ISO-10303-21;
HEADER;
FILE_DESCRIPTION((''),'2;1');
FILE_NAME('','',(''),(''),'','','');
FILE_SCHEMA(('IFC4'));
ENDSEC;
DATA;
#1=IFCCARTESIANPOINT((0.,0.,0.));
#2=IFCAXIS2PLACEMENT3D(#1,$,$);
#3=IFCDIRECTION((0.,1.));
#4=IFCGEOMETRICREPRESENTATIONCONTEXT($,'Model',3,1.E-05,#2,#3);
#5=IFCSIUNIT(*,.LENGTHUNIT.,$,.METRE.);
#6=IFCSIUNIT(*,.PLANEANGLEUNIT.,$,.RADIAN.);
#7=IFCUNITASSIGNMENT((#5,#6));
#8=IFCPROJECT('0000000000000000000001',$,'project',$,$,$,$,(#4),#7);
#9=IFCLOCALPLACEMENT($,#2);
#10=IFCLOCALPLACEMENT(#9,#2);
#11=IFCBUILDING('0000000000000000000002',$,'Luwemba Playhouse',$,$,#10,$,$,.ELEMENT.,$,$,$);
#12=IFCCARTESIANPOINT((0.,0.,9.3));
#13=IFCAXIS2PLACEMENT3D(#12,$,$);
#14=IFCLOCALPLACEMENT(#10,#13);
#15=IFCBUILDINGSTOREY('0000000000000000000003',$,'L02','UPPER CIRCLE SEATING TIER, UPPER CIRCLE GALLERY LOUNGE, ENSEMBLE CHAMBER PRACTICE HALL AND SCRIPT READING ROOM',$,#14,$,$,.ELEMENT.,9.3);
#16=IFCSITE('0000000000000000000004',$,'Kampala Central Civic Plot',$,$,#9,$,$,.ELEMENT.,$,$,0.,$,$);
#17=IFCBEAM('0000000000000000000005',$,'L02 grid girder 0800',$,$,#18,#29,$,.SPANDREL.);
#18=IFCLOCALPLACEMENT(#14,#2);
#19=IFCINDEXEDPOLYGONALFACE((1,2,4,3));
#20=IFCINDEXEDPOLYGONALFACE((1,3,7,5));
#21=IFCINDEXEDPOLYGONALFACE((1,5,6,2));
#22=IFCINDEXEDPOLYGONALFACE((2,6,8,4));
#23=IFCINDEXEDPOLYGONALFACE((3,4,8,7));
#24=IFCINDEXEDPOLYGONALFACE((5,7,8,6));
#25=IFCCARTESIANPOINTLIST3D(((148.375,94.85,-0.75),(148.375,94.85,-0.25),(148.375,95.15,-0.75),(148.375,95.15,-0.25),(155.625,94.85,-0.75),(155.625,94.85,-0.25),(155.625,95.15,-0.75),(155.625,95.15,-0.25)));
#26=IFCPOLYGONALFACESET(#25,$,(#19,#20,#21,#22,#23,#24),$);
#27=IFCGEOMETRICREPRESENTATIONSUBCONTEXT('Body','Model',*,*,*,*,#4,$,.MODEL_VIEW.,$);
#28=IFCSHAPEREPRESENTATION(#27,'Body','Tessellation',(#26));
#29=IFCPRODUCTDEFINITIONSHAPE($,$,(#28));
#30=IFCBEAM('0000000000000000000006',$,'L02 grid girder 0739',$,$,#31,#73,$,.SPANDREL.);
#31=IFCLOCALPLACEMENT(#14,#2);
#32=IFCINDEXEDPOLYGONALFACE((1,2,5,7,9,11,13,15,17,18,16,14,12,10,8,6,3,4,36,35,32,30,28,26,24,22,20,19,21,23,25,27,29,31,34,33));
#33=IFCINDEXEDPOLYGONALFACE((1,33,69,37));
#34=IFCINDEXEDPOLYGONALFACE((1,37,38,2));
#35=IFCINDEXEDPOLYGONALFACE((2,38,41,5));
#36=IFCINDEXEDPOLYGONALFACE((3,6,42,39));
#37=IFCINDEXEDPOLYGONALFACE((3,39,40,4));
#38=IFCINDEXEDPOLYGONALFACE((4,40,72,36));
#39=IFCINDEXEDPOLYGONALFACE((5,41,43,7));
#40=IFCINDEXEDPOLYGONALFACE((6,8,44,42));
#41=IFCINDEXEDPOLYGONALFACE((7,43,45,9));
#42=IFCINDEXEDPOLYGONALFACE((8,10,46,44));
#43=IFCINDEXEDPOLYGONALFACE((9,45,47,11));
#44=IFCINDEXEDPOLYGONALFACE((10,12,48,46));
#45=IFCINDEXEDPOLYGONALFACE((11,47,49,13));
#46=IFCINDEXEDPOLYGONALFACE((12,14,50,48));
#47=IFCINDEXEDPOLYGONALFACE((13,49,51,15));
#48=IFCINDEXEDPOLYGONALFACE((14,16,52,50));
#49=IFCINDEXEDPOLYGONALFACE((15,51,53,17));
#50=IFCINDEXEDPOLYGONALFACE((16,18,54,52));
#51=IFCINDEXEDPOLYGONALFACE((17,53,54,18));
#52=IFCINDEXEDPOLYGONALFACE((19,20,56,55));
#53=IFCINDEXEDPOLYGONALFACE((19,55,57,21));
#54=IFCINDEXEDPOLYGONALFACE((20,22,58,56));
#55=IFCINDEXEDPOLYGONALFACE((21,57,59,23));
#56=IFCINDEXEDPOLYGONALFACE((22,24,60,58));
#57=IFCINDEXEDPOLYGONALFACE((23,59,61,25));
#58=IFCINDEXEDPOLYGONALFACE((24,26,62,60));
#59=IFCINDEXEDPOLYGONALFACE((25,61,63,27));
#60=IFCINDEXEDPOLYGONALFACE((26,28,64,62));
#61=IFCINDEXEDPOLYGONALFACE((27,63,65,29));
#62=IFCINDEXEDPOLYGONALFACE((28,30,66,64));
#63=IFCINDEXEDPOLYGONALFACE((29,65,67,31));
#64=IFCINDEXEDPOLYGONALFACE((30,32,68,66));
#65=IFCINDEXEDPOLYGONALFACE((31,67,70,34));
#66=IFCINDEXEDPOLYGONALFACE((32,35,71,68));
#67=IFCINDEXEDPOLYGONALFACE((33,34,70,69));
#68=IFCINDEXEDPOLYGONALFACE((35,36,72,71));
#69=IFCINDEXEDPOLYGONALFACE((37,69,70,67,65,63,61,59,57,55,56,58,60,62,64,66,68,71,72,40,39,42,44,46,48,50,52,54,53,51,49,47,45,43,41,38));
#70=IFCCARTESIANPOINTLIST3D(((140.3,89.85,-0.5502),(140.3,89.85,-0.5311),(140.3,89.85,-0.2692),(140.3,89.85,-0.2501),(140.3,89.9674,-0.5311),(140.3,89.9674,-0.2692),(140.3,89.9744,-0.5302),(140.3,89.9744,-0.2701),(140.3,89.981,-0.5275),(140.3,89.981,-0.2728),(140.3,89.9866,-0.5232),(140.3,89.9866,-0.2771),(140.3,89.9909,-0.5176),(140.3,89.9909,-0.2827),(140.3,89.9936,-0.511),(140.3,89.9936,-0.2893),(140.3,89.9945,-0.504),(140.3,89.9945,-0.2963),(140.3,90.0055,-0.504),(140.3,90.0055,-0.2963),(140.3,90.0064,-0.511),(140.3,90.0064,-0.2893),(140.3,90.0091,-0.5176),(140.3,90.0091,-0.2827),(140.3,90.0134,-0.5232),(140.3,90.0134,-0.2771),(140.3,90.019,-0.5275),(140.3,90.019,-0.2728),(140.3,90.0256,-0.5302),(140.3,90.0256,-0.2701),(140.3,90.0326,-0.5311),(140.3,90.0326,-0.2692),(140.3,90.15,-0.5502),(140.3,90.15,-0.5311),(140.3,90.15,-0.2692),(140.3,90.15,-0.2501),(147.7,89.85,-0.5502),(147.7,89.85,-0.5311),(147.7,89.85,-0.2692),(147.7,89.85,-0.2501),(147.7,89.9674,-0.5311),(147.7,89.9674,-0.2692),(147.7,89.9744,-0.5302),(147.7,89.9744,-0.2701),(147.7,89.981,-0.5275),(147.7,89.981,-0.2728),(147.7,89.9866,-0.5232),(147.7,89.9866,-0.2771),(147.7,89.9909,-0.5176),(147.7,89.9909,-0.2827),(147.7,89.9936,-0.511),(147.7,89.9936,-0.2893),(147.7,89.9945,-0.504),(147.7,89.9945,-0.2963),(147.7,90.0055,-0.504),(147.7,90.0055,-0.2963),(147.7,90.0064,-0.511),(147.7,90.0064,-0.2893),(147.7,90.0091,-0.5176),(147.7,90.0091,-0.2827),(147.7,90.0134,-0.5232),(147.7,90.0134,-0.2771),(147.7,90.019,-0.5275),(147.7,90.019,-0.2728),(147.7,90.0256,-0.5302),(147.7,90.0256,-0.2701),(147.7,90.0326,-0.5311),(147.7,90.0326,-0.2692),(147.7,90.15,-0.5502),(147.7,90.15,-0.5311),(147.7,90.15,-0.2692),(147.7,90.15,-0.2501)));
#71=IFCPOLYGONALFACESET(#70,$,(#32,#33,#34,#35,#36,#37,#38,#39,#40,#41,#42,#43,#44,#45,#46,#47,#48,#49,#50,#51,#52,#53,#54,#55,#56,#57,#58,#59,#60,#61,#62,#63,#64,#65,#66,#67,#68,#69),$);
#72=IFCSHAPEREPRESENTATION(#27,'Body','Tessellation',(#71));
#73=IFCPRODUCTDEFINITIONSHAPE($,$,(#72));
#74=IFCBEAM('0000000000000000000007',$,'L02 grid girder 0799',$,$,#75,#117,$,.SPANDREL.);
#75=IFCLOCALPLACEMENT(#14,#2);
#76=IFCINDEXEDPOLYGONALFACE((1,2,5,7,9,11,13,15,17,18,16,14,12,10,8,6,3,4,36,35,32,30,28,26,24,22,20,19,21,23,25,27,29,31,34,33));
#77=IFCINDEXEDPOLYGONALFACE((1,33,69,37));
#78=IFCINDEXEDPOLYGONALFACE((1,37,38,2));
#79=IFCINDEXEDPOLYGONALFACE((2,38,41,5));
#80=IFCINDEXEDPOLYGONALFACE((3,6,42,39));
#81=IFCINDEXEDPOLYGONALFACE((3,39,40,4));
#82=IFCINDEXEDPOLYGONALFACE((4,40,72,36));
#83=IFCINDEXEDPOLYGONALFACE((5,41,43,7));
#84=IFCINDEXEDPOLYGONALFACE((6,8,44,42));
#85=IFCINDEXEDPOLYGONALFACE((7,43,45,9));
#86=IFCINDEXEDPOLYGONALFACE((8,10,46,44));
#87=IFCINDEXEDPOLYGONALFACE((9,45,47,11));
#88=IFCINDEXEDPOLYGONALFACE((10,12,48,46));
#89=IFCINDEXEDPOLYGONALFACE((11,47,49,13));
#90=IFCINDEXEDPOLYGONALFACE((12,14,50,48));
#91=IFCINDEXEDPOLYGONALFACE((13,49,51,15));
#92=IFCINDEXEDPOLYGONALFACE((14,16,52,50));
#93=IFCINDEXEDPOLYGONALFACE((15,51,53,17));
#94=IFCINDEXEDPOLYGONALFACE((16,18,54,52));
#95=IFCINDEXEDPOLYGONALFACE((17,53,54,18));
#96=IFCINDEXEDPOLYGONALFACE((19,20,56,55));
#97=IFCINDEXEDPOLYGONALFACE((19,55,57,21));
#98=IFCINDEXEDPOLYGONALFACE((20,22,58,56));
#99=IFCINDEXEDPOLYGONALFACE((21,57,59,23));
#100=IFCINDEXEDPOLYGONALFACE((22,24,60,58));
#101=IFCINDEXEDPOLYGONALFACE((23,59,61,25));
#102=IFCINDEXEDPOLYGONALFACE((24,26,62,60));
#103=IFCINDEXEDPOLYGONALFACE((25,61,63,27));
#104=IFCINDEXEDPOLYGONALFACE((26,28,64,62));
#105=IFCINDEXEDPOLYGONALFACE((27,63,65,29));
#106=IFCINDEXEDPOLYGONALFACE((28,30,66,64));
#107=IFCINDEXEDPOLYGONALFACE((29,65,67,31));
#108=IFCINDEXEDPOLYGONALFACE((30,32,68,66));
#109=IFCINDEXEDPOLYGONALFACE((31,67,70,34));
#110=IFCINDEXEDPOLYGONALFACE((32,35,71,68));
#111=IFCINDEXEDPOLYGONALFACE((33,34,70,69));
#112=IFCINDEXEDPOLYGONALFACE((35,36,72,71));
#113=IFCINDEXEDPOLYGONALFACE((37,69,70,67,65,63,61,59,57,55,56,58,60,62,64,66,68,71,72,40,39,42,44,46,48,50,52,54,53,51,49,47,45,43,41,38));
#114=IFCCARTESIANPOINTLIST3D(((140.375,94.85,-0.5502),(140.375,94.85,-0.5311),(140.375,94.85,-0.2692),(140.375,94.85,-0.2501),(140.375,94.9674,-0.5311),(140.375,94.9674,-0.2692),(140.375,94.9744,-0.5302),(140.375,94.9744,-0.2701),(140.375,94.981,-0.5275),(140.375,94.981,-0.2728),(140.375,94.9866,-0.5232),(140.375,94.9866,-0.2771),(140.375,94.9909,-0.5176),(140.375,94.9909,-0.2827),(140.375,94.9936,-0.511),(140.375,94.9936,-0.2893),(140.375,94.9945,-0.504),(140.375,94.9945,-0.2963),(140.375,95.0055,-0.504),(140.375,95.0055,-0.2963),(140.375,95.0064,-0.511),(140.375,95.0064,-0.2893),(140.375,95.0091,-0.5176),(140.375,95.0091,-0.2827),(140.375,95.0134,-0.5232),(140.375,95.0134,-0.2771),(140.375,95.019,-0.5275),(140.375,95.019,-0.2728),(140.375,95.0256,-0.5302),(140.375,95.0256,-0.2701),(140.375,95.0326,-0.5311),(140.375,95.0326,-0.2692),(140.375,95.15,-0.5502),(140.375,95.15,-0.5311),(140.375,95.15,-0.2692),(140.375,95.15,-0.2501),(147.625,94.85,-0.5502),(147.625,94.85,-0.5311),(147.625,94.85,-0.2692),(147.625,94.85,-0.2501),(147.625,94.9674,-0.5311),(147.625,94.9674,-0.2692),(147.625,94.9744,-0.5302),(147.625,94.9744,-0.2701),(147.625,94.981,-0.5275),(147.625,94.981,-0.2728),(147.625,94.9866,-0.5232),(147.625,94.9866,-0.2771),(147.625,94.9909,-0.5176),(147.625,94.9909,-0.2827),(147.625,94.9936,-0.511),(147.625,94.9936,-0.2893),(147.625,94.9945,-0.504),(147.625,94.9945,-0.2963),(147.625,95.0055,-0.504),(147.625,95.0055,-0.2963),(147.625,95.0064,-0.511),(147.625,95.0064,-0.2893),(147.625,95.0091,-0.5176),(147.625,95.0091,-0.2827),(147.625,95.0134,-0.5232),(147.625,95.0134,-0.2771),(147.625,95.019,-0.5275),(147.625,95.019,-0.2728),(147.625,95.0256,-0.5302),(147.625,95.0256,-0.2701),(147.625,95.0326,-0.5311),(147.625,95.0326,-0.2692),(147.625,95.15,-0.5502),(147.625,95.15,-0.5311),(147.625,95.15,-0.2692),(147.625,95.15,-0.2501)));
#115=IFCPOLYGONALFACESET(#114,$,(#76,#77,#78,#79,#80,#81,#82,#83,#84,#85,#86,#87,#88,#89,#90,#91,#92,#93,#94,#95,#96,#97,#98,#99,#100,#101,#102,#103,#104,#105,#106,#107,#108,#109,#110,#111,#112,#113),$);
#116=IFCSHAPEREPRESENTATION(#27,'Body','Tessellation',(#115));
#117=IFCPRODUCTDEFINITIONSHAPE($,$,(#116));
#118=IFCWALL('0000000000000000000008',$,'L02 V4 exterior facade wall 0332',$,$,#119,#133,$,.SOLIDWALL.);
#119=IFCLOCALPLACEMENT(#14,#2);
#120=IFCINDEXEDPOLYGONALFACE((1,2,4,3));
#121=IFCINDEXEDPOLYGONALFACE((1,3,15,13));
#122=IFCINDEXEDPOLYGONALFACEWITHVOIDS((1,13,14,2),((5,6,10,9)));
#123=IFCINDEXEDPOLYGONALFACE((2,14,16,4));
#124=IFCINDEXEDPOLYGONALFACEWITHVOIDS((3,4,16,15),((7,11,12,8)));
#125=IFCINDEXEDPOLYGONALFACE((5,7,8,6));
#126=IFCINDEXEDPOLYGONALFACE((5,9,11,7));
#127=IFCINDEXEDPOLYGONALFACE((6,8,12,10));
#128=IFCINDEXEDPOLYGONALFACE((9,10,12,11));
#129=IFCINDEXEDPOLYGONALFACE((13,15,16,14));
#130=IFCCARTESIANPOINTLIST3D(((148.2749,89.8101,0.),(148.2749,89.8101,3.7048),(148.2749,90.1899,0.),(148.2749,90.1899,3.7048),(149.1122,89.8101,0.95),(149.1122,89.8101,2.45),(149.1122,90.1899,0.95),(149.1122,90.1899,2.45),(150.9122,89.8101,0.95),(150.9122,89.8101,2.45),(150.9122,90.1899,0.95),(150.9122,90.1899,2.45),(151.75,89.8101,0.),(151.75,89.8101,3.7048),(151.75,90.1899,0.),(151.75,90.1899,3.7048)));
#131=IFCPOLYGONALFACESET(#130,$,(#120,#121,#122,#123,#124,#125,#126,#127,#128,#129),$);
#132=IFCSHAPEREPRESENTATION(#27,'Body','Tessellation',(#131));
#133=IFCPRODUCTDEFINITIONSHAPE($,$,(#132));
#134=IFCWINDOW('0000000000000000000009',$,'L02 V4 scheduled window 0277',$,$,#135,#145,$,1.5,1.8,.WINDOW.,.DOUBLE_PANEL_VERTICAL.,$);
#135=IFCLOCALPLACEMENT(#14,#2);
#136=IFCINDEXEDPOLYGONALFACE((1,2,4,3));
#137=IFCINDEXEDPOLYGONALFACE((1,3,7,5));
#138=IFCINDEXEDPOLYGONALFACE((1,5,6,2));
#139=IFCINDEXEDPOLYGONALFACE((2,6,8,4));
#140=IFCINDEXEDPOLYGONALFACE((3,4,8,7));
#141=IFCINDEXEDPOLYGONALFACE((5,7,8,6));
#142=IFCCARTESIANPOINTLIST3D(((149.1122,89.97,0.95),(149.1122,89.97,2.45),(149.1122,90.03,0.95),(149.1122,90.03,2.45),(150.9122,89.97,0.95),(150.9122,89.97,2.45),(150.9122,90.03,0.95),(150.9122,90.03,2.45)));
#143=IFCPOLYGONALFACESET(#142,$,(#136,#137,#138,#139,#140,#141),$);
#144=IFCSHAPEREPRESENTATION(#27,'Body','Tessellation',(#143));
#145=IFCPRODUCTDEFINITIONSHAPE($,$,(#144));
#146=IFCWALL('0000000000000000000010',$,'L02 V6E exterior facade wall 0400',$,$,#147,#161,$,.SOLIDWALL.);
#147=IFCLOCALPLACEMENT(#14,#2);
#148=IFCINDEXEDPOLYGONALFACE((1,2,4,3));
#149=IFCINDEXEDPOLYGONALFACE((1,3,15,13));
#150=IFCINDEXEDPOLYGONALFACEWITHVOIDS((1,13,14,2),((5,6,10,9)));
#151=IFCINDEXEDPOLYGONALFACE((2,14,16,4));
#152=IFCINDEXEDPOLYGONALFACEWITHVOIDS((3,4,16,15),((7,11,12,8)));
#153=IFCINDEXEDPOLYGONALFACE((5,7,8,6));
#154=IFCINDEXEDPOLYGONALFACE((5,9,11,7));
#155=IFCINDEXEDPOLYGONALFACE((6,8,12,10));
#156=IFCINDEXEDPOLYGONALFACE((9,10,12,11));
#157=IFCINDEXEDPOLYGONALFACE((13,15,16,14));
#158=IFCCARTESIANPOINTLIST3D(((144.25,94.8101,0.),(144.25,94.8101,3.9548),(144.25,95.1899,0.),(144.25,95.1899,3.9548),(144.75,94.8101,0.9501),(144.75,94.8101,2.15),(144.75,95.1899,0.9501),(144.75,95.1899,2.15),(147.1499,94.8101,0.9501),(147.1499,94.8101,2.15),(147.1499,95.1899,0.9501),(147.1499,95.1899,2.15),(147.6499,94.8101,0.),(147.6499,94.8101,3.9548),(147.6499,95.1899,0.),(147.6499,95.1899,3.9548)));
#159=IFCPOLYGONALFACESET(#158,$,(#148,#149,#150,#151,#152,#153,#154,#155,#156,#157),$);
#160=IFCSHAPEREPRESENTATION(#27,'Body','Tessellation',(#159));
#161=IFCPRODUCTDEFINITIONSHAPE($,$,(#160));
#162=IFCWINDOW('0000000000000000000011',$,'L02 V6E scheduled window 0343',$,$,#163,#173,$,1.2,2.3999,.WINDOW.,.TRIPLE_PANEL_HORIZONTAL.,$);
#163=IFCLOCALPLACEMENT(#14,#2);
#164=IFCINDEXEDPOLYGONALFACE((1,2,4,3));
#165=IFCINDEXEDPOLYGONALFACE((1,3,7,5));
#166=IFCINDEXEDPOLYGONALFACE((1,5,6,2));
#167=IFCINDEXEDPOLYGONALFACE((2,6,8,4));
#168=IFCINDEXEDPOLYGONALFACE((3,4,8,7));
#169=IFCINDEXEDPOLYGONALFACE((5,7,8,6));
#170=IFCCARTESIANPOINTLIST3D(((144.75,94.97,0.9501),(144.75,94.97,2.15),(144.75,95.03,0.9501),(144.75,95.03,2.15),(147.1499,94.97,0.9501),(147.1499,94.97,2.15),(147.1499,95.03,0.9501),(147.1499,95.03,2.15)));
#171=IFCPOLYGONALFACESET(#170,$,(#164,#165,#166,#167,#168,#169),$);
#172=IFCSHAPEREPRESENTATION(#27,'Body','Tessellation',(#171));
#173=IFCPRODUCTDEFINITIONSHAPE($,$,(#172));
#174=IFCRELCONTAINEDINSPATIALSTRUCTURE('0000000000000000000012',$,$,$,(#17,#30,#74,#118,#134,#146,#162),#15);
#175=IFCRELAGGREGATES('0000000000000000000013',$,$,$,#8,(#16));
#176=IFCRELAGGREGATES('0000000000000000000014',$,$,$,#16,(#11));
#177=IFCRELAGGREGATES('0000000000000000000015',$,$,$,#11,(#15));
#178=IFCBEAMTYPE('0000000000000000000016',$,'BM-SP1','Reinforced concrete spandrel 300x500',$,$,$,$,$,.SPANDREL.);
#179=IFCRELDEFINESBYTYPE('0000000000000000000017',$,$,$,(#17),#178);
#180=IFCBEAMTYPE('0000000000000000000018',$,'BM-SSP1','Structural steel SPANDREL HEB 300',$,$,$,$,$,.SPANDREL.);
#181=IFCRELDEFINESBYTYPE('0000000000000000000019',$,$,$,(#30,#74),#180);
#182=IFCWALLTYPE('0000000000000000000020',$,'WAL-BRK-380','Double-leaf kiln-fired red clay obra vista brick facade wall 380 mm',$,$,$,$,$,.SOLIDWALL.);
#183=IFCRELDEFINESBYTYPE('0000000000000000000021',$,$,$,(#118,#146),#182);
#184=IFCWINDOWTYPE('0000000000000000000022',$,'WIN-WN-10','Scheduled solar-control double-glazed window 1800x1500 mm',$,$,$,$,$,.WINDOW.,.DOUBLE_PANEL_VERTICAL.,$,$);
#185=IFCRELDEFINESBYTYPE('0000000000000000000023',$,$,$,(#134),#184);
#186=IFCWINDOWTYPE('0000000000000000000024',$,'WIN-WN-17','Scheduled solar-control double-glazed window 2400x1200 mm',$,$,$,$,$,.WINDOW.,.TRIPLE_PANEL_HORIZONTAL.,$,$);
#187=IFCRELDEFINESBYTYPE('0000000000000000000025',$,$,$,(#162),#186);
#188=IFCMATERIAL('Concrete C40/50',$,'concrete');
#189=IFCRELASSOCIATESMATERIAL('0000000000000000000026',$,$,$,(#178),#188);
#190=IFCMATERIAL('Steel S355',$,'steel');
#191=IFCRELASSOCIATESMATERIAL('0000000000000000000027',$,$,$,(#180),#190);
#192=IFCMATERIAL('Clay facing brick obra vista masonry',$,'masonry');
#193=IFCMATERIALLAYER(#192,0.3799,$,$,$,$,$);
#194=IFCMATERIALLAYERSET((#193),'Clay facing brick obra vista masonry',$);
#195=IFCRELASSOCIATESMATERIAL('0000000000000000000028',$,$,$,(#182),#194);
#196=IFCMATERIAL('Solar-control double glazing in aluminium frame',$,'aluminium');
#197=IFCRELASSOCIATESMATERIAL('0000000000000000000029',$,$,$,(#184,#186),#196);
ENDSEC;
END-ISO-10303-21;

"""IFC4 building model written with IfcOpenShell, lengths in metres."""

from ifc_helpers import new_model, si_unit, direction, frame, frame_2d, origin, origin_2d, place, context, subcontext, project, spatial, rectangle, i_section, extrude, material, layer, layer_set, material_profile, profile_set, type_object, element, fill, save


model = new_model("IFC4")

# Units and contexts
model_context = context("Model", 3, precision=1e-05, world=origin(), true_north=direction((0.0, 1.0)))
body_context = subcontext(model_context, "Body", "Model", "MODEL_VIEW")
ifc_project = project(units=[si_unit("LENGTHUNIT", "METRE"), si_unit("PLANEANGLEUNIT", "RADIAN")], contexts=[model_context])

# Site, building, storey
site_placement = place(None, origin())
site = spatial("IfcSite", under=ifc_project, at=site_placement, Name="Kampala Central Civic Plot", CompositionType="ELEMENT", RefElevation=0.0)
building_placement = place(site_placement, origin())
building = spatial("IfcBuilding", under=site, at=building_placement, Name="Luwemba Playhouse", CompositionType="ELEMENT")
storey_placement = place(building_placement, frame((0.0, 0.0, 9.3)))
storey = spatial("IfcBuildingStorey", under=building, at=storey_placement, Name="L02", Description="UPPER CIRCLE SEATING TIER, UPPER CIRCLE GALLERY LOUNGE, ENSEMBLE CHAMBER PRACTICE HALL AND SCRIPT READING ROOM", CompositionType="ELEMENT", Elevation=9.3)

# Shared definitions
ifc_material_1 = material(Name="Concrete C40/50", Category="concrete")

# Beams
ifc_material_2 = material(Name="Steel S355", Category="steel")
ifc_material_profile_1 = material_profile(ifc_material_1, rectangle(XDim=0.3, YDim=0.5, at=origin_2d()))
ifc_profile_set_1 = profile_set([ifc_material_profile_1], Name="Concrete C40/50")
beam_type_1 = type_object("IfcBeamType", Name="BM-SP1", Description="Reinforced concrete spandrel 300x500", PredefinedType="SPANDREL", material=ifc_profile_set_1)
beam_1_placement = place(storey_placement, frame((148.375, 95.0, -0.5), z_axis=(1.0, 0.0, 0.0), x_axis=(0.0, 1.0, 0.0)))
element("IfcBeam", 1, at=beam_1_placement, inside=storey, type_object=beam_type_1, Name="L02 grid girder 0800", PredefinedType="SPANDREL", context=body_context, shape_type="SweptSolid", body=[
    extrude(rectangle(XDim=0.3, YDim=0.5, at=origin_2d()), origin(), (0.0, 0.0, 1.0), 7.25),
])
ifc_material_profile_2 = material_profile(ifc_material_2, i_section(OverallWidth=0.3, OverallDepth=0.3, WebThickness=0.011, FlangeThickness=0.019, FilletRadius=0.0271, at=origin_2d()))
ifc_profile_set_2 = profile_set([ifc_material_profile_2], Name="Steel S355")
beam_type_2 = type_object("IfcBeamType", Name="BM-SSP1", Description="Structural steel SPANDREL HEB 300", PredefinedType="SPANDREL", material=ifc_profile_set_2)
beam_2_placement = place(storey_placement, frame((140.3, 90.0, -0.4001), z_axis=(1.0, 0.0, 0.0), x_axis=(0.0, 1.0, 0.0)))
element("IfcBeam", 2, at=beam_2_placement, inside=storey, type_object=beam_type_2, Name="L02 grid girder 0739", PredefinedType="SPANDREL", context=body_context, shape_type="SweptSolid", body=[
    extrude(i_section(OverallWidth=0.3, OverallDepth=0.3, WebThickness=0.011, FlangeThickness=0.019, FilletRadius=0.0271, at=origin_2d()), origin(), (0.0, 0.0, 1.0), 7.3999),
])
beam_3_placement = place(storey_placement, frame((140.375, 95.0, -0.4001), z_axis=(1.0, 0.0, 0.0), x_axis=(0.0, 1.0, 0.0)))
element("IfcBeam", 3, at=beam_3_placement, inside=storey, type_object=beam_type_2, Name="L02 grid girder 0799", PredefinedType="SPANDREL", context=body_context, shape_type="SweptSolid", body=[
    extrude(i_section(OverallWidth=0.3, OverallDepth=0.3, WebThickness=0.011, FlangeThickness=0.019, FilletRadius=0.0271, at=origin_2d()), origin(), (0.0, 0.0, 1.0), 7.25),
])

# Walls, openings, windows
ifc_material_3 = material(Name="Clay facing brick obra vista masonry", Category="masonry")
ifc_layer_1 = layer(ifc_material_3, 0.3799)
ifc_layer_set_1 = layer_set([ifc_layer_1], Name="Clay facing brick obra vista masonry")
wall_type_1 = type_object("IfcWallType", Name="WAL-BRK-380", Description="Double-leaf kiln-fired red clay obra vista brick facade wall 380 mm", PredefinedType="SOLIDWALL", material=ifc_layer_set_1)
wall_1_placement = place(storey_placement, frame((148.2749, 90.0, 0.0), z_axis=(0.0, 0.0, 1.0), x_axis=(1.0, 0.0, 0.0)))
wall_1 = element("IfcWall", 4, at=wall_1_placement, inside=storey, type_object=wall_type_1, Name="L02 V4 exterior facade wall 0332", PredefinedType="SOLIDWALL", context=body_context, shape_type="SweptSolid", body=[
    extrude(rectangle(XDim=3.4751, YDim=0.3799, at=frame_2d((1.7375, 0.0))), origin(), (0.0, 0.0, 1.0), 3.7048),
])
opening_1_placement = place(wall_1_placement, frame((0.8374, 0.0, 0.95)))
opening_1 = element("IfcOpeningElement", 5, at=opening_1_placement, cuts=wall_1, PredefinedType="OPENING", context=body_context, shape_type="SweptSolid", body=[
    extrude(rectangle(XDim=1.8, YDim=1.5, at=frame_2d((0.8999, 0.75))), frame((0.0, 0.2, 0.0), z_axis=(0.0, -1.0, 0.0), x_axis=(1.0, 0.0, 0.0)), (0.0, 0.0, 1.0), 0.3999),
])
ifc_material_4 = material(Name="Solar-control double glazing in aluminium frame", Category="aluminium")
window_type_1 = type_object("IfcWindowType", Name="WIN-WN-10", Description="Scheduled solar-control double-glazed window 1800x1500 mm", PartitioningType="DOUBLE_PANEL_VERTICAL", PredefinedType="WINDOW", material=ifc_material_4)
window_1_placement = place(opening_1_placement, origin())
window_1 = element("IfcWindow", 6, at=window_1_placement, inside=storey, type_object=window_type_1, Name="L02 V4 scheduled window 0277", OverallHeight=1.5, OverallWidth=1.8, PartitioningType="DOUBLE_PANEL_VERTICAL", PredefinedType="WINDOW", context=body_context, shape_type="SweptSolid", body=[
    extrude(rectangle(XDim=1.8, YDim=1.5, at=frame_2d((0.8999, 0.75))), frame((0.0, 0.03, 0.0), z_axis=(0.0, -1.0, 0.0), x_axis=(1.0, 0.0, 0.0)), (0.0, 0.0, 1.0), 0.0601),
])
fill(opening_1, window_1)
wall_2_placement = place(storey_placement, frame((147.6499, 95.0, 0.0), z_axis=(0.0, 0.0, 1.0), x_axis=(-1.0, 0.0, 0.0)))
wall_2 = element("IfcWall", 7, at=wall_2_placement, inside=storey, type_object=wall_type_1, Name="L02 V6E exterior facade wall 0400", PredefinedType="SOLIDWALL", context=body_context, shape_type="SweptSolid", body=[
    extrude(rectangle(XDim=3.3999, YDim=0.3799, at=frame_2d((1.7, 0.0))), origin(), (0.0, 0.0, 1.0), 3.9548),
])
opening_2_placement = place(wall_2_placement, frame((0.5, 0.0, 0.95)))
opening_2 = element("IfcOpeningElement", 8, at=opening_2_placement, cuts=wall_2, PredefinedType="OPENING", context=body_context, shape_type="SweptSolid", body=[
    extrude(rectangle(XDim=2.3999, YDim=1.2, at=frame_2d((1.2, 0.6001))), frame((0.0, 0.2, 0.0), z_axis=(0.0, -1.0, 0.0), x_axis=(1.0, 0.0, 0.0)), (0.0, 0.0, 1.0), 0.3999),
])
window_type_2 = type_object("IfcWindowType", Name="WIN-WN-17", Description="Scheduled solar-control double-glazed window 2400x1200 mm", PartitioningType="TRIPLE_PANEL_HORIZONTAL", PredefinedType="WINDOW", material=ifc_material_4)
window_2_placement = place(opening_2_placement, origin())
window_2 = element("IfcWindow", 9, at=window_2_placement, inside=storey, type_object=window_type_2, Name="L02 V6E scheduled window 0343", OverallHeight=1.2, OverallWidth=2.3999, PartitioningType="TRIPLE_PANEL_HORIZONTAL", PredefinedType="WINDOW", context=body_context, shape_type="SweptSolid", body=[
    extrude(rectangle(XDim=2.3999, YDim=1.2, at=frame_2d((1.2, 0.6001))), frame((0.0, 0.03, 0.0), z_axis=(0.0, -1.0, 0.0), x_axis=(1.0, 0.0, 0.0)), (0.0, 0.0, 1.0), 0.0601),
])
fill(opening_2, window_2)

save(model, "model.ifc")
